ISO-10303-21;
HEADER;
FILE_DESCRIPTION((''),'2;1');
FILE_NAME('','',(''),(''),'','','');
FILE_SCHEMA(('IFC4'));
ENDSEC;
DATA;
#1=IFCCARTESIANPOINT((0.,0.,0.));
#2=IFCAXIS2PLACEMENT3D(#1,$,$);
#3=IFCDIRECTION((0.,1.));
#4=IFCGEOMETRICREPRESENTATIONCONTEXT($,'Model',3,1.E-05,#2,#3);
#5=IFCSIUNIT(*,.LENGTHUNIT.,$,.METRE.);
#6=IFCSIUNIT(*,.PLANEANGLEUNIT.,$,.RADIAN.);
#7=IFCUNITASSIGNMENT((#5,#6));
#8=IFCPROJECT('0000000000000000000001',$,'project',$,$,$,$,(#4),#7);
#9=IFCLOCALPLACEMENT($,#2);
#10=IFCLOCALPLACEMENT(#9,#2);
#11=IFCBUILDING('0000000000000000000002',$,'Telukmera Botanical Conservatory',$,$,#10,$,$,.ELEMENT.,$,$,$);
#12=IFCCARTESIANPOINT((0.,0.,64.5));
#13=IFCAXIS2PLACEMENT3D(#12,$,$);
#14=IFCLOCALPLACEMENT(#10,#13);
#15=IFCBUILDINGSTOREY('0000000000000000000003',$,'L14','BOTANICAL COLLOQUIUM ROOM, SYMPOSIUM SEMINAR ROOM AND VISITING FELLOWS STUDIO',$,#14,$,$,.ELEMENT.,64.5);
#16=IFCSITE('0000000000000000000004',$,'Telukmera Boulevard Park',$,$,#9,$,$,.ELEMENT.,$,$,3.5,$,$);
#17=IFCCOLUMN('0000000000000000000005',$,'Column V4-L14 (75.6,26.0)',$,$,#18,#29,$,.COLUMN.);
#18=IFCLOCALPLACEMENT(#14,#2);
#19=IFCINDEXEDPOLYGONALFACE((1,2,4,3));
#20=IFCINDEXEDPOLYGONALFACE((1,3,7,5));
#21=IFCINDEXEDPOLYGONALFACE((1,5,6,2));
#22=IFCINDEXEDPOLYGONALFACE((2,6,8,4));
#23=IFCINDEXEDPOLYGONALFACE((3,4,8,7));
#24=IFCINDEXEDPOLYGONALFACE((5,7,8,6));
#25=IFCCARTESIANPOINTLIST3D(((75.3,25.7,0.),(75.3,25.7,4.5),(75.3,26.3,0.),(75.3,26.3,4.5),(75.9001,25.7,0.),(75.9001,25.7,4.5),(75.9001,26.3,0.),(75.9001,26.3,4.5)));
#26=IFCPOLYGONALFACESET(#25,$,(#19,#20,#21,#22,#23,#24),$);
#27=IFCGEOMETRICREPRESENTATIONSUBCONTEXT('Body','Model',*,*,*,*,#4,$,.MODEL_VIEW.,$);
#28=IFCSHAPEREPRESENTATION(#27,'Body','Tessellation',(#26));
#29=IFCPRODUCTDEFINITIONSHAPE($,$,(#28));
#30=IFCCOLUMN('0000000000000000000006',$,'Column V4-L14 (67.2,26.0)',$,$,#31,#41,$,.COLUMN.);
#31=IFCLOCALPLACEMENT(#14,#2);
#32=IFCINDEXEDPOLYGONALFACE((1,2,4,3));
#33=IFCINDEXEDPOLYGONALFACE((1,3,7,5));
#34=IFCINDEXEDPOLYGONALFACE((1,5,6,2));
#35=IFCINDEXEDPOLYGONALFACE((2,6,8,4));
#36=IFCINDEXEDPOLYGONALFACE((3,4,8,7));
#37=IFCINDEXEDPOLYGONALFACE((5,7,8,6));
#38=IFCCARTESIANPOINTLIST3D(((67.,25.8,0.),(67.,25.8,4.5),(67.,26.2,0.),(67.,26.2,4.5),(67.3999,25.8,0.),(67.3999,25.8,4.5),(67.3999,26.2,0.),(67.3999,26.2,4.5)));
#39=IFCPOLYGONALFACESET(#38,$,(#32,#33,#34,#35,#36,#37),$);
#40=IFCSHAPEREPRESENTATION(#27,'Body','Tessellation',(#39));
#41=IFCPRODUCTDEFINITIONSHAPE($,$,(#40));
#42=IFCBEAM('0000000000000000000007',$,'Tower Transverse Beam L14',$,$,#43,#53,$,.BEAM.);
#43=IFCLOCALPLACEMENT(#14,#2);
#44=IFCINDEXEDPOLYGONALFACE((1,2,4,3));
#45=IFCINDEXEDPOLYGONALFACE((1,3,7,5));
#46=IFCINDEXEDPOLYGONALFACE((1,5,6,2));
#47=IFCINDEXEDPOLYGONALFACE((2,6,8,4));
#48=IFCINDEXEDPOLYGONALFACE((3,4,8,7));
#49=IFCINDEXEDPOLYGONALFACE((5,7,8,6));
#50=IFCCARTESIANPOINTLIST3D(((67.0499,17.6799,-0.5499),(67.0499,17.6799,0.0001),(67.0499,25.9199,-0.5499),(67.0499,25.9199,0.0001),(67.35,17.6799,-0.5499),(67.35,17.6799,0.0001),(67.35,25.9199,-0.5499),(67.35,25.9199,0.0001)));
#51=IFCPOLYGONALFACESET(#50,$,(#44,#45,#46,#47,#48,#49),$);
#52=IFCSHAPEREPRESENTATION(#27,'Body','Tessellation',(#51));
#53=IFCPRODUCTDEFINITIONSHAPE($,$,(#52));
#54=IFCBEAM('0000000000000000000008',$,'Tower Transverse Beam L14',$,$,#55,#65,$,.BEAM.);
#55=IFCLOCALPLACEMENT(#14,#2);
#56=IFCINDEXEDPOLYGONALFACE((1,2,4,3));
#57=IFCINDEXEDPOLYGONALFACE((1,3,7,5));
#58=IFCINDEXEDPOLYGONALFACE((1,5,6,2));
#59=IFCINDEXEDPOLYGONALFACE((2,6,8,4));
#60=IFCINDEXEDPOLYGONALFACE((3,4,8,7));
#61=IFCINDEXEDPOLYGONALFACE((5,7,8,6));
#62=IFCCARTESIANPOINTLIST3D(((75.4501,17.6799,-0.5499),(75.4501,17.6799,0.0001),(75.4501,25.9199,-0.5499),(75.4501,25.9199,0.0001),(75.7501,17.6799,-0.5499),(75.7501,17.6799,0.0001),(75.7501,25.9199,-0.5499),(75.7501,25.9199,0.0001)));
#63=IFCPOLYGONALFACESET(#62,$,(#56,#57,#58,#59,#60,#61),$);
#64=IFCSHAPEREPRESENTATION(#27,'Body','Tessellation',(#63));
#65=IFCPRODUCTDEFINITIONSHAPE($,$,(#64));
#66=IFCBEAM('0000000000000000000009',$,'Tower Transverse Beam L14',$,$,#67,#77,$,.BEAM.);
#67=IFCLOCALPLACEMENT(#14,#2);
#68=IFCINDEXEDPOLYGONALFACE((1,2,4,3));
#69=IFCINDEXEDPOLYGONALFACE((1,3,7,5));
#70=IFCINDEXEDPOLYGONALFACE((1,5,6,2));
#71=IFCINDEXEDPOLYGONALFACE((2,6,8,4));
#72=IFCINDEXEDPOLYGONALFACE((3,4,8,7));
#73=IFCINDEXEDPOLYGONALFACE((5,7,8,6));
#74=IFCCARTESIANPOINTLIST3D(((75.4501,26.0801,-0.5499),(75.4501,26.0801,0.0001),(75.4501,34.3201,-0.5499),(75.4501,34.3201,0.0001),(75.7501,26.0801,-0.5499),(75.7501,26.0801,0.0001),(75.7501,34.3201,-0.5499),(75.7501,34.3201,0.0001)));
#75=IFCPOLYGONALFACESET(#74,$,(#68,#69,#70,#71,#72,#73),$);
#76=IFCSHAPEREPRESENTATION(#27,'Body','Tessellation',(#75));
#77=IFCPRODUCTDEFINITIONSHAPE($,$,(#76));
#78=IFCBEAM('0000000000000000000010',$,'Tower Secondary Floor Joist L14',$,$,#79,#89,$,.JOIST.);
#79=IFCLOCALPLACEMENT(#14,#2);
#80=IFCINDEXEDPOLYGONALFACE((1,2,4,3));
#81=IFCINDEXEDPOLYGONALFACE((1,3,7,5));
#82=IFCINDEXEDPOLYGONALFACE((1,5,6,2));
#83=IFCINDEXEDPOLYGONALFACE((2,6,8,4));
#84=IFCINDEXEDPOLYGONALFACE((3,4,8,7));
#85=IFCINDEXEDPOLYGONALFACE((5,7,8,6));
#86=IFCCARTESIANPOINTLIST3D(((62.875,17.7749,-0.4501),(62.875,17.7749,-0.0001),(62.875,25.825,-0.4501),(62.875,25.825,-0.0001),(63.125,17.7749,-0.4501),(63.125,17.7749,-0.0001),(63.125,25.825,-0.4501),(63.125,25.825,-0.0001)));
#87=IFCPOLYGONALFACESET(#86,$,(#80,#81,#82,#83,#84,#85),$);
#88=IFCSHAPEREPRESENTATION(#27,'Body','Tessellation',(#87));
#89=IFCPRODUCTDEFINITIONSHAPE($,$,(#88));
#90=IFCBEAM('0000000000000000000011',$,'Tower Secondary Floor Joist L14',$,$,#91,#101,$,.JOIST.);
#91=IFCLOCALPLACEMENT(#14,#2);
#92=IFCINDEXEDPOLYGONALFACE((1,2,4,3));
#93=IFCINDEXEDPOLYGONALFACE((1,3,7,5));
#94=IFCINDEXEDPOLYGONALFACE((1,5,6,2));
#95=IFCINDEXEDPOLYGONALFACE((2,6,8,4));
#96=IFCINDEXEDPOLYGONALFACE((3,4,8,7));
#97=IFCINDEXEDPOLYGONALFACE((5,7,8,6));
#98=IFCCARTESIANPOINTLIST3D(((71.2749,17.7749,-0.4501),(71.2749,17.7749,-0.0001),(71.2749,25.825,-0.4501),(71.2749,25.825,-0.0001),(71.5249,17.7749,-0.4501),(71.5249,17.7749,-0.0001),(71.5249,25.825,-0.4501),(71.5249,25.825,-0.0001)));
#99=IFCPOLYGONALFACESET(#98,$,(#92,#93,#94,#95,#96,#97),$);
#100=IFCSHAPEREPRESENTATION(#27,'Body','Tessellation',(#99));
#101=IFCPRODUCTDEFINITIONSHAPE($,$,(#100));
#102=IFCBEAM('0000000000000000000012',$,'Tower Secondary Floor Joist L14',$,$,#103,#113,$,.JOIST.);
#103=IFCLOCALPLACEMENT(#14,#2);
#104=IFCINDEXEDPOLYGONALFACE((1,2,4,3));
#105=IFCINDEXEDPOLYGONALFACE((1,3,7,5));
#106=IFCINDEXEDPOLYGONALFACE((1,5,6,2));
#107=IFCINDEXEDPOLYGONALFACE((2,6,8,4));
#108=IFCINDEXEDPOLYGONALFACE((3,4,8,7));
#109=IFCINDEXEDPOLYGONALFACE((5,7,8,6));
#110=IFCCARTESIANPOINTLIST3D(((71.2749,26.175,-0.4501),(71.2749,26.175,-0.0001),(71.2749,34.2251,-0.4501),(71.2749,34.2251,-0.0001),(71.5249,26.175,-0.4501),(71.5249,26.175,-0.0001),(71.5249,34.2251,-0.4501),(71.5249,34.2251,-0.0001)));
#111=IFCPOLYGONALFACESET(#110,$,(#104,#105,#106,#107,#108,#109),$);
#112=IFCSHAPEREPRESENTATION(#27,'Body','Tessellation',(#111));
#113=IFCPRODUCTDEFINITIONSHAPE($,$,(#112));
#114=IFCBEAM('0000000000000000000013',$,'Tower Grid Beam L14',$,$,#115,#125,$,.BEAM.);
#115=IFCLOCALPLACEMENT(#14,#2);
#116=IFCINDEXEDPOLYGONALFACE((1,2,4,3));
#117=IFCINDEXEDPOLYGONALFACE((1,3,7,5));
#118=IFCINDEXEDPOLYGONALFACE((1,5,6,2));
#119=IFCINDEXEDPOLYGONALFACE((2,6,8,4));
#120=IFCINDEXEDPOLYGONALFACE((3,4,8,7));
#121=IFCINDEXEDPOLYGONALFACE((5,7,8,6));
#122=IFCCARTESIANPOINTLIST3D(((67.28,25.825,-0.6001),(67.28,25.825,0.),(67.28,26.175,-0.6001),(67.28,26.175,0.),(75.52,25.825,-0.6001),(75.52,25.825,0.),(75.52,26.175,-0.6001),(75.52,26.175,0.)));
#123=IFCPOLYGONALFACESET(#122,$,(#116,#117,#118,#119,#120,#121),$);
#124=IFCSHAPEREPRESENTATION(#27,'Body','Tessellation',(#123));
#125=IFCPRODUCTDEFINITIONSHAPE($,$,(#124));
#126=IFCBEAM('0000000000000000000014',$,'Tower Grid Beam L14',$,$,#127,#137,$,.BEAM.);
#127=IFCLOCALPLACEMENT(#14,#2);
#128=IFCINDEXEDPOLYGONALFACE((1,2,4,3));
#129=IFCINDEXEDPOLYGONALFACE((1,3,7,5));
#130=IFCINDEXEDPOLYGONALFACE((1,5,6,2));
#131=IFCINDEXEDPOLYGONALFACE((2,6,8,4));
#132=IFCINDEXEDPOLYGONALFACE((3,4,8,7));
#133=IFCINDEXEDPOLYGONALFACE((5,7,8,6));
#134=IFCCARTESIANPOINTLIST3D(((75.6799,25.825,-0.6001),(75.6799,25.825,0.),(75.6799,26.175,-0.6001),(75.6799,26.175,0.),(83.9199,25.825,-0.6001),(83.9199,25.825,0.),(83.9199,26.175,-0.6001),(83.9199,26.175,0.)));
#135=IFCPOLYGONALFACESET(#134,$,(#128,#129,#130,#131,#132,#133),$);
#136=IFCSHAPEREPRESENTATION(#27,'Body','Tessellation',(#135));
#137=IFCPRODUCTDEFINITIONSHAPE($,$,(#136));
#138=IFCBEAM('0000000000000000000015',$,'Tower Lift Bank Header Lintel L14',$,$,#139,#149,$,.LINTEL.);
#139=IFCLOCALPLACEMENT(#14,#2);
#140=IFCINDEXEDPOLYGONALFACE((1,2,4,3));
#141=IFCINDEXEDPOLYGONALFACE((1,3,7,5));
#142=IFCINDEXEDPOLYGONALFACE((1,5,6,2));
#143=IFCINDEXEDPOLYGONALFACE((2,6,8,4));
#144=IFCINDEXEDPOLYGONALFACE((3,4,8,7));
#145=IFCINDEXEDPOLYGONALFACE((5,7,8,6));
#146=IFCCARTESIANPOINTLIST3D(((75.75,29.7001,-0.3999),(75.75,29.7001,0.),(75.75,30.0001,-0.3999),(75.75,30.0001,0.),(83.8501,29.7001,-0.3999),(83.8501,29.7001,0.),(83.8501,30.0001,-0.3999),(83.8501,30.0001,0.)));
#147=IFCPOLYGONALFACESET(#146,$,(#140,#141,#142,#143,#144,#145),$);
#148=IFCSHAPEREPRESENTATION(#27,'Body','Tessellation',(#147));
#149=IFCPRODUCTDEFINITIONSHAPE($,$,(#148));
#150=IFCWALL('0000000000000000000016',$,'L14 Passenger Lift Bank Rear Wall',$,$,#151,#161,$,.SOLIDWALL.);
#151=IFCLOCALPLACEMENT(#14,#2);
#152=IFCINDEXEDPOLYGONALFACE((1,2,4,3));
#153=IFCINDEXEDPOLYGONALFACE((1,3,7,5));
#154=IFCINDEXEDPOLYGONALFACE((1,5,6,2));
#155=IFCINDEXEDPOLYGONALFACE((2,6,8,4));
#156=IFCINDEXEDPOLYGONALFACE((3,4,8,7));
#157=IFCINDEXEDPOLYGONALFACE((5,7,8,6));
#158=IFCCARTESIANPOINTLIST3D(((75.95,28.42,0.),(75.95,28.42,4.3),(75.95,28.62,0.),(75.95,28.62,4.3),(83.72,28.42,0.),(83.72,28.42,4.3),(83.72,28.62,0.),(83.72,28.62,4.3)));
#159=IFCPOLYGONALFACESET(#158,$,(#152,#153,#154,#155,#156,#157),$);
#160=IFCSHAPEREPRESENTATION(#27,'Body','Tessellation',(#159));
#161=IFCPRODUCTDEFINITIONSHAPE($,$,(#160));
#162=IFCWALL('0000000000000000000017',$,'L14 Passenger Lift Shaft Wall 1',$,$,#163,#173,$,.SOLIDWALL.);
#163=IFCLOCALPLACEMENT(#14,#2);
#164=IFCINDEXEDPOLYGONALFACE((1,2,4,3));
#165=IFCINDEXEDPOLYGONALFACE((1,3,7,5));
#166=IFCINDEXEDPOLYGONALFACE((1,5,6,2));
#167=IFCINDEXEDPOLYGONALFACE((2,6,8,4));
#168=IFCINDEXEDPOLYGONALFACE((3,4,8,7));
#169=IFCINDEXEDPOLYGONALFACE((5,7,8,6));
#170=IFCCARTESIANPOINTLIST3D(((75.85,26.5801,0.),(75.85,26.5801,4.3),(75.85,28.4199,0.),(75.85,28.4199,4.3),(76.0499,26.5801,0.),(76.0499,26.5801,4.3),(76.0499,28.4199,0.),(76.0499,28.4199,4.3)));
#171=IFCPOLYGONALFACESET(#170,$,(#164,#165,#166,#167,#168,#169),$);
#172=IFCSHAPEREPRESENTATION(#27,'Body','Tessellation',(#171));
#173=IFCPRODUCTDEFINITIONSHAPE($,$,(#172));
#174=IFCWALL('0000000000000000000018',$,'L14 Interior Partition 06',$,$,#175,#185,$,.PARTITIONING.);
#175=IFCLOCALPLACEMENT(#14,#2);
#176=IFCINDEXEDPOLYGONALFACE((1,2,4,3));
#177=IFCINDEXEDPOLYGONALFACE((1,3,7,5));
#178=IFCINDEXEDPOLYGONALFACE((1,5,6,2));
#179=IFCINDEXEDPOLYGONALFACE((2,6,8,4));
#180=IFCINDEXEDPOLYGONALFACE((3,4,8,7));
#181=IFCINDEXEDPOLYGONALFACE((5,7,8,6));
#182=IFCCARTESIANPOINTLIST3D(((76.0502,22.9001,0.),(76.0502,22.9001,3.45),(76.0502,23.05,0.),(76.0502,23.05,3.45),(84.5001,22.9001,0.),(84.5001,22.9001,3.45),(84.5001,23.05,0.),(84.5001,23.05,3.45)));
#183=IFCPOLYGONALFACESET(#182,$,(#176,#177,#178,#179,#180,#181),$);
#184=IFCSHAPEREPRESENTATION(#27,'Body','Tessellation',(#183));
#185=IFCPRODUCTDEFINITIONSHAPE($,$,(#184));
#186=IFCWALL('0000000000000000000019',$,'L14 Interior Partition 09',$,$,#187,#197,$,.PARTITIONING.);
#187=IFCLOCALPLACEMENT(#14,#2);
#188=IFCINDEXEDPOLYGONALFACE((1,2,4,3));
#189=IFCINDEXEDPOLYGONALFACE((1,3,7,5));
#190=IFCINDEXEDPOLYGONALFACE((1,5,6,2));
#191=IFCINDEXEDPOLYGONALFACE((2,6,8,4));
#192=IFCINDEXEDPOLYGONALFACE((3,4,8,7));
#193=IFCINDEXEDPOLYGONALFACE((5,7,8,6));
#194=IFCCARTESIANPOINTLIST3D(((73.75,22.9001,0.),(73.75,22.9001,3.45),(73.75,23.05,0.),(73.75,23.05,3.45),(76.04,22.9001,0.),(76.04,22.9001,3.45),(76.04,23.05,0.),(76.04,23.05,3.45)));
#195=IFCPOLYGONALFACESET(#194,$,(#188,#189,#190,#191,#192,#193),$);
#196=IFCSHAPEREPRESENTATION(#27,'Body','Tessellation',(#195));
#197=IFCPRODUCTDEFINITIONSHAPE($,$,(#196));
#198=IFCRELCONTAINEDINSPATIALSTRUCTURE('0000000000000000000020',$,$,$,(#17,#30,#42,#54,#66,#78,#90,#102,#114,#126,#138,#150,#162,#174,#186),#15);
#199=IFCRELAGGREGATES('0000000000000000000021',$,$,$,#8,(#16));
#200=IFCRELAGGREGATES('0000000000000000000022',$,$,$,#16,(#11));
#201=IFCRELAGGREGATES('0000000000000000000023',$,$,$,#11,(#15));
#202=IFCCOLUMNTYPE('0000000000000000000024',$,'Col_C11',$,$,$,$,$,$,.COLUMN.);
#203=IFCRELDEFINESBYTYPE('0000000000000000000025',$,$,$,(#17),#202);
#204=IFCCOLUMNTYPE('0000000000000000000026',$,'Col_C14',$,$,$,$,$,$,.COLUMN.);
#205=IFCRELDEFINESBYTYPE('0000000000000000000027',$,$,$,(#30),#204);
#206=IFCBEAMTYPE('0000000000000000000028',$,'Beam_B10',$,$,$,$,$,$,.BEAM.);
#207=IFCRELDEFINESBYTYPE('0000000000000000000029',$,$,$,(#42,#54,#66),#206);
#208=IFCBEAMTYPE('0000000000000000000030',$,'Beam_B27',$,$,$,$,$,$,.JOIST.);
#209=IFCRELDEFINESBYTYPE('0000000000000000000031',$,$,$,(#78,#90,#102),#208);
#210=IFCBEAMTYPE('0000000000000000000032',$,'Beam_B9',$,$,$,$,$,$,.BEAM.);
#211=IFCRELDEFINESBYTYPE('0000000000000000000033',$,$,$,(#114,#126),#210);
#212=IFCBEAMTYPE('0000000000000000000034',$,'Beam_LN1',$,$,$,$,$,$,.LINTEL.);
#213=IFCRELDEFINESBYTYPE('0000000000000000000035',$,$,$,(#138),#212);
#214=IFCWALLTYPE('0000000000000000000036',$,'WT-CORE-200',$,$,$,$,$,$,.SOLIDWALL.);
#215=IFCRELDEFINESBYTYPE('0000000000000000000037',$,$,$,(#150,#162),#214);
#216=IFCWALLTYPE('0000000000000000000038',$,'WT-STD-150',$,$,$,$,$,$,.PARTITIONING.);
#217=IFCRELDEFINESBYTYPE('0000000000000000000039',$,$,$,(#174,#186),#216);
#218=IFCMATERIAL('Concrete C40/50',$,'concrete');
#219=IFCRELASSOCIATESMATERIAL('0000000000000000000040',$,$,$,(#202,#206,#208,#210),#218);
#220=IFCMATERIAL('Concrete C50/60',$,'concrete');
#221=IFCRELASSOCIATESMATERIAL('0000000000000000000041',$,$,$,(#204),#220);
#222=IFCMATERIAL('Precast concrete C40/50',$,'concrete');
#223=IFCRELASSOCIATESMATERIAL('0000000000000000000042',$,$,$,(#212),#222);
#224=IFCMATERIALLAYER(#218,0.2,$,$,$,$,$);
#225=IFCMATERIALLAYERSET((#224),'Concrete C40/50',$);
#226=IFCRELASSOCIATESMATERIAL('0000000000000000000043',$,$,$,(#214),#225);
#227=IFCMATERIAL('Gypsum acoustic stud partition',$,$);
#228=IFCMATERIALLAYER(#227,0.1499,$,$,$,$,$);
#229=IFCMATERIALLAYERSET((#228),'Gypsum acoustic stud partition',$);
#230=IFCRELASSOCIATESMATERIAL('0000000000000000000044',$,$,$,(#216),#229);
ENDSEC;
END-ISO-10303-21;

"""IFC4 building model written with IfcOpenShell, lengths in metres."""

from ifc_helpers import new_model, si_unit, direction, frame, frame_2d, origin, origin_2d, place, context, subcontext, project, spatial, rectangle, extrude, material, layer, layer_set, material_profile, profile_set, type_object, element, save


model = new_model("IFC4")

# Units and contexts
model_context = context("Model", 3, precision=1e-05, world=origin(), true_north=direction((0.0, 1.0)))
body_context = subcontext(model_context, "Body", "Model", "MODEL_VIEW")
ifc_project = project(units=[si_unit("LENGTHUNIT", "METRE"), si_unit("PLANEANGLEUNIT", "RADIAN")], contexts=[model_context])

# Site, building, storey
site_placement = place(None, origin())
site = spatial("IfcSite", under=ifc_project, at=site_placement, Name="Telukmera Boulevard Park", CompositionType="ELEMENT", RefElevation=3.5)
building_placement = place(site_placement, origin())
building = spatial("IfcBuilding", under=site, at=building_placement, Name="Telukmera Botanical Conservatory", CompositionType="ELEMENT")
storey_placement = place(building_placement, frame((0.0, 0.0, 64.5)))
storey = spatial("IfcBuildingStorey", under=building, at=storey_placement, Name="L14", Description="BOTANICAL COLLOQUIUM ROOM, SYMPOSIUM SEMINAR ROOM AND VISITING FELLOWS STUDIO", CompositionType="ELEMENT", Elevation=64.5)

# Columns
ifc_material_1 = material(Name="Concrete C40/50", Category="concrete")
ifc_material_profile_1 = material_profile(ifc_material_1, rectangle(XDim=0.6001, YDim=0.6001, at=origin_2d()), Name="RC 600x600")
ifc_profile_set_1 = profile_set([ifc_material_profile_1], Name="Concrete C40/50")
column_type_1 = type_object("IfcColumnType", Name="Col_C11", PredefinedType="COLUMN", material=ifc_profile_set_1)
column_1_placement = place(storey_placement, frame((75.6001, 26.0, 0.0), z_axis=(0.0, 0.0, 1.0), x_axis=(1.0, 0.0, 0.0)))
element("IfcColumn", 1, at=column_1_placement, inside=storey, type_object=column_type_1, Name="Column V4-L14 (75.6,26.0)", PredefinedType="COLUMN", context=body_context, shape_type="SweptSolid", body=[
    extrude(rectangle(XDim=0.6001, YDim=0.6001, at=origin_2d()), origin(), (0.0, 0.0, 1.0), 4.5),
])
ifc_material_2 = material(Name="Concrete C50/60", Category="concrete")
ifc_material_profile_2 = material_profile(ifc_material_2, rectangle(XDim=0.3999, YDim=0.3999, at=origin_2d()), Name="RC 400x400")
ifc_profile_set_2 = profile_set([ifc_material_profile_2], Name="Concrete C50/60")
column_type_2 = type_object("IfcColumnType", Name="Col_C14", PredefinedType="COLUMN", material=ifc_profile_set_2)
column_2_placement = place(storey_placement, frame((67.2, 26.0, 0.0), z_axis=(0.0, 0.0, 1.0), x_axis=(1.0, 0.0, 0.0)))
element("IfcColumn", 2, at=column_2_placement, inside=storey, type_object=column_type_2, Name="Column V4-L14 (67.2,26.0)", PredefinedType="COLUMN", context=body_context, shape_type="SweptSolid", body=[
    extrude(rectangle(XDim=0.3999, YDim=0.3999, at=origin_2d()), origin(), (0.0, 0.0, 1.0), 4.5),
])

# Beams
ifc_material_profile_3 = material_profile(ifc_material_1, rectangle(XDim=0.3, YDim=0.55, at=origin_2d()), Name="RC 300x550")
ifc_profile_set_3 = profile_set([ifc_material_profile_3], Name="Concrete C40/50")
beam_type_1 = type_object("IfcBeamType", Name="Beam_B10", PredefinedType="BEAM", material=ifc_profile_set_3)
for number, where, z_axis, x_axis, name in (
    (3, (67.2, 17.6799, -0.2749), (0.0, 1.0, 0.0), (-1.0, 0.0, 0.0), "Tower Transverse Beam L14"),
    (4, (75.6001, 17.6799, -0.2749), (0.0, 1.0, 0.0), (-1.0, 0.0, 0.0), "Tower Transverse Beam L14"),
    (5, (75.6001, 26.0801, -0.2749), (0.0, 1.0, 0.0), (-1.0, 0.0, 0.0), "Tower Transverse Beam L14"),
):
    element("IfcBeam", number, at=place(storey_placement, frame(where, z_axis=z_axis, x_axis=x_axis)), inside=storey, type_object=beam_type_1, Name=name, PredefinedType="BEAM", context=body_context, shape_type="SweptSolid", body=[
        extrude(rectangle(XDim=0.3, YDim=0.55, at=origin_2d()), origin(), (0.0, 0.0, 1.0), 8.24),
    ])
ifc_material_profile_4 = material_profile(ifc_material_1, rectangle(XDim=0.25, YDim=0.45, at=origin_2d()), Name="RC 250x450")
ifc_profile_set_4 = profile_set([ifc_material_profile_4], Name="Concrete C40/50")
beam_type_2 = type_object("IfcBeamType", Name="Beam_B27", PredefinedType="JOIST", material=ifc_profile_set_4)
for number, where, z_axis, x_axis, name in (
    (6, (63.0, 17.7749, -0.2251), (0.0, 1.0, 0.0), (-1.0, 0.0, 0.0), "Tower Secondary Floor Joist L14"),
    (7, (71.3999, 17.7749, -0.2251), (0.0, 1.0, 0.0), (-1.0, 0.0, 0.0), "Tower Secondary Floor Joist L14"),
    (8, (71.3999, 26.175, -0.2251), (0.0, 1.0, 0.0), (-1.0, 0.0, 0.0), "Tower Secondary Floor Joist L14"),
):
    element("IfcBeam", number, at=place(storey_placement, frame(where, z_axis=z_axis, x_axis=x_axis)), inside=storey, type_object=beam_type_2, Name=name, PredefinedType="JOIST", context=body_context, shape_type="SweptSolid", body=[
        extrude(rectangle(XDim=0.25, YDim=0.45, at=origin_2d()), origin(), (0.0, 0.0, 1.0), 8.05),
    ])
ifc_material_profile_5 = material_profile(ifc_material_1, rectangle(XDim=0.3501, YDim=0.6001, at=origin_2d()), Name="RC 350x600")
ifc_profile_set_5 = profile_set([ifc_material_profile_5], Name="Concrete C40/50")
beam_type_3 = type_object("IfcBeamType", Name="Beam_B9", PredefinedType="BEAM", material=ifc_profile_set_5)
for number, where, z_axis, x_axis, name in (
    (9, (67.28, 26.0, -0.3), (1.0, 0.0, 0.0), (0.0, 1.0, 0.0), "Tower Grid Beam L14"),
    (10, (75.6799, 26.0, -0.3), (1.0, 0.0, 0.0), (0.0, 1.0, 0.0), "Tower Grid Beam L14"),
):
    element("IfcBeam", number, at=place(storey_placement, frame(where, z_axis=z_axis, x_axis=x_axis)), inside=storey, type_object=beam_type_3, Name=name, PredefinedType="BEAM", context=body_context, shape_type="SweptSolid", body=[
        extrude(rectangle(XDim=0.3501, YDim=0.6001, at=origin_2d()), origin(), (0.0, 0.0, 1.0), 8.24),
    ])
ifc_material_3 = material(Name="Precast concrete C40/50", Category="concrete")
ifc_material_profile_6 = material_profile(ifc_material_3, rectangle(XDim=0.3, YDim=0.3999, at=origin_2d()), Name="PC 300x400")
ifc_profile_set_6 = profile_set([ifc_material_profile_6], Name="Precast concrete C40/50")
beam_type_4 = type_object("IfcBeamType", Name="Beam_LN1", PredefinedType="LINTEL", material=ifc_profile_set_6)
beam_placement = place(storey_placement, frame((75.75, 29.8501, -0.2), z_axis=(1.0, 0.0, 0.0), x_axis=(0.0, 1.0, 0.0)))
element("IfcBeam", 11, at=beam_placement, inside=storey, type_object=beam_type_4, Name="Tower Lift Bank Header Lintel L14", PredefinedType="LINTEL", context=body_context, shape_type="SweptSolid", body=[
    extrude(rectangle(XDim=0.3, YDim=0.3999, at=origin_2d()), origin(), (0.0, 0.0, 1.0), 8.1001),
])

# Shared definitions
ifc_layer_1 = layer(ifc_material_1, 0.2)
ifc_layer_set_1 = layer_set([ifc_layer_1], Name="Concrete C40/50")
wall_type_1 = type_object("IfcWallType", Name="WT-CORE-200", PredefinedType="SOLIDWALL", material=ifc_layer_set_1)

# Walls
wall_1_placement = place(storey_placement, frame((75.95, 28.52, 0.0), z_axis=(0.0, 0.0, 1.0), x_axis=(1.0, 0.0, 0.0)))
element("IfcWall", 12, at=wall_1_placement, inside=storey, type_object=wall_type_1, Name="L14 Passenger Lift Bank Rear Wall", PredefinedType="SOLIDWALL", context=body_context, shape_type="SweptSolid", body=[
    extrude(rectangle(XDim=7.77, YDim=0.2, at=frame_2d((3.885, 0.0))), origin(), (0.0, 0.0, 1.0), 4.3),
])
wall_2_placement = place(storey_placement, frame((75.95, 26.5801, 0.0), z_axis=(0.0, 0.0, 1.0), x_axis=(0.0, 1.0, 0.0)))
element("IfcWall", 13, at=wall_2_placement, inside=storey, type_object=wall_type_1, Name="L14 Passenger Lift Shaft Wall 1", PredefinedType="SOLIDWALL", context=body_context, shape_type="SweptSolid", body=[
    extrude(rectangle(XDim=1.8398, YDim=0.2, at=frame_2d((0.9199, 0.0))), origin(), (0.0, 0.0, 1.0), 4.3),
])
ifc_material_4 = material(Name="Gypsum acoustic stud partition")
ifc_layer_2 = layer(ifc_material_4, 0.1499)
ifc_layer_set_2 = layer_set([ifc_layer_2], Name="Gypsum acoustic stud partition")
wall_type_2 = type_object("IfcWallType", Name="WT-STD-150", PredefinedType="PARTITIONING", material=ifc_layer_set_2)
wall_3_placement = place(storey_placement, frame((76.05, 22.9751, 0.0), z_axis=(0.0, 0.0, 1.0), x_axis=(1.0, 0.0, 0.0)))
element("IfcWall", 14, at=wall_3_placement, inside=storey, type_object=wall_type_2, Name="L14 Interior Partition 06", PredefinedType="PARTITIONING", context=body_context, shape_type="SweptSolid", body=[
    extrude(rectangle(XDim=8.45, YDim=0.1499, at=frame_2d((4.2251, 0.0))), origin(), (0.0, 0.0, 1.0), 3.45),
])
wall_4_placement = place(storey_placement, frame((73.75, 22.9751, 0.0), z_axis=(0.0, 0.0, 1.0), x_axis=(1.0, 0.0, 0.0)))
element("IfcWall", 15, at=wall_4_placement, inside=storey, type_object=wall_type_2, Name="L14 Interior Partition 09", PredefinedType="PARTITIONING", context=body_context, shape_type="SweptSolid", body=[
    extrude(rectangle(XDim=2.29, YDim=0.1499, at=frame_2d((1.145, 0.0))), origin(), (0.0, 0.0, 1.0), 3.45),
])

save(model, "model.ifc")
